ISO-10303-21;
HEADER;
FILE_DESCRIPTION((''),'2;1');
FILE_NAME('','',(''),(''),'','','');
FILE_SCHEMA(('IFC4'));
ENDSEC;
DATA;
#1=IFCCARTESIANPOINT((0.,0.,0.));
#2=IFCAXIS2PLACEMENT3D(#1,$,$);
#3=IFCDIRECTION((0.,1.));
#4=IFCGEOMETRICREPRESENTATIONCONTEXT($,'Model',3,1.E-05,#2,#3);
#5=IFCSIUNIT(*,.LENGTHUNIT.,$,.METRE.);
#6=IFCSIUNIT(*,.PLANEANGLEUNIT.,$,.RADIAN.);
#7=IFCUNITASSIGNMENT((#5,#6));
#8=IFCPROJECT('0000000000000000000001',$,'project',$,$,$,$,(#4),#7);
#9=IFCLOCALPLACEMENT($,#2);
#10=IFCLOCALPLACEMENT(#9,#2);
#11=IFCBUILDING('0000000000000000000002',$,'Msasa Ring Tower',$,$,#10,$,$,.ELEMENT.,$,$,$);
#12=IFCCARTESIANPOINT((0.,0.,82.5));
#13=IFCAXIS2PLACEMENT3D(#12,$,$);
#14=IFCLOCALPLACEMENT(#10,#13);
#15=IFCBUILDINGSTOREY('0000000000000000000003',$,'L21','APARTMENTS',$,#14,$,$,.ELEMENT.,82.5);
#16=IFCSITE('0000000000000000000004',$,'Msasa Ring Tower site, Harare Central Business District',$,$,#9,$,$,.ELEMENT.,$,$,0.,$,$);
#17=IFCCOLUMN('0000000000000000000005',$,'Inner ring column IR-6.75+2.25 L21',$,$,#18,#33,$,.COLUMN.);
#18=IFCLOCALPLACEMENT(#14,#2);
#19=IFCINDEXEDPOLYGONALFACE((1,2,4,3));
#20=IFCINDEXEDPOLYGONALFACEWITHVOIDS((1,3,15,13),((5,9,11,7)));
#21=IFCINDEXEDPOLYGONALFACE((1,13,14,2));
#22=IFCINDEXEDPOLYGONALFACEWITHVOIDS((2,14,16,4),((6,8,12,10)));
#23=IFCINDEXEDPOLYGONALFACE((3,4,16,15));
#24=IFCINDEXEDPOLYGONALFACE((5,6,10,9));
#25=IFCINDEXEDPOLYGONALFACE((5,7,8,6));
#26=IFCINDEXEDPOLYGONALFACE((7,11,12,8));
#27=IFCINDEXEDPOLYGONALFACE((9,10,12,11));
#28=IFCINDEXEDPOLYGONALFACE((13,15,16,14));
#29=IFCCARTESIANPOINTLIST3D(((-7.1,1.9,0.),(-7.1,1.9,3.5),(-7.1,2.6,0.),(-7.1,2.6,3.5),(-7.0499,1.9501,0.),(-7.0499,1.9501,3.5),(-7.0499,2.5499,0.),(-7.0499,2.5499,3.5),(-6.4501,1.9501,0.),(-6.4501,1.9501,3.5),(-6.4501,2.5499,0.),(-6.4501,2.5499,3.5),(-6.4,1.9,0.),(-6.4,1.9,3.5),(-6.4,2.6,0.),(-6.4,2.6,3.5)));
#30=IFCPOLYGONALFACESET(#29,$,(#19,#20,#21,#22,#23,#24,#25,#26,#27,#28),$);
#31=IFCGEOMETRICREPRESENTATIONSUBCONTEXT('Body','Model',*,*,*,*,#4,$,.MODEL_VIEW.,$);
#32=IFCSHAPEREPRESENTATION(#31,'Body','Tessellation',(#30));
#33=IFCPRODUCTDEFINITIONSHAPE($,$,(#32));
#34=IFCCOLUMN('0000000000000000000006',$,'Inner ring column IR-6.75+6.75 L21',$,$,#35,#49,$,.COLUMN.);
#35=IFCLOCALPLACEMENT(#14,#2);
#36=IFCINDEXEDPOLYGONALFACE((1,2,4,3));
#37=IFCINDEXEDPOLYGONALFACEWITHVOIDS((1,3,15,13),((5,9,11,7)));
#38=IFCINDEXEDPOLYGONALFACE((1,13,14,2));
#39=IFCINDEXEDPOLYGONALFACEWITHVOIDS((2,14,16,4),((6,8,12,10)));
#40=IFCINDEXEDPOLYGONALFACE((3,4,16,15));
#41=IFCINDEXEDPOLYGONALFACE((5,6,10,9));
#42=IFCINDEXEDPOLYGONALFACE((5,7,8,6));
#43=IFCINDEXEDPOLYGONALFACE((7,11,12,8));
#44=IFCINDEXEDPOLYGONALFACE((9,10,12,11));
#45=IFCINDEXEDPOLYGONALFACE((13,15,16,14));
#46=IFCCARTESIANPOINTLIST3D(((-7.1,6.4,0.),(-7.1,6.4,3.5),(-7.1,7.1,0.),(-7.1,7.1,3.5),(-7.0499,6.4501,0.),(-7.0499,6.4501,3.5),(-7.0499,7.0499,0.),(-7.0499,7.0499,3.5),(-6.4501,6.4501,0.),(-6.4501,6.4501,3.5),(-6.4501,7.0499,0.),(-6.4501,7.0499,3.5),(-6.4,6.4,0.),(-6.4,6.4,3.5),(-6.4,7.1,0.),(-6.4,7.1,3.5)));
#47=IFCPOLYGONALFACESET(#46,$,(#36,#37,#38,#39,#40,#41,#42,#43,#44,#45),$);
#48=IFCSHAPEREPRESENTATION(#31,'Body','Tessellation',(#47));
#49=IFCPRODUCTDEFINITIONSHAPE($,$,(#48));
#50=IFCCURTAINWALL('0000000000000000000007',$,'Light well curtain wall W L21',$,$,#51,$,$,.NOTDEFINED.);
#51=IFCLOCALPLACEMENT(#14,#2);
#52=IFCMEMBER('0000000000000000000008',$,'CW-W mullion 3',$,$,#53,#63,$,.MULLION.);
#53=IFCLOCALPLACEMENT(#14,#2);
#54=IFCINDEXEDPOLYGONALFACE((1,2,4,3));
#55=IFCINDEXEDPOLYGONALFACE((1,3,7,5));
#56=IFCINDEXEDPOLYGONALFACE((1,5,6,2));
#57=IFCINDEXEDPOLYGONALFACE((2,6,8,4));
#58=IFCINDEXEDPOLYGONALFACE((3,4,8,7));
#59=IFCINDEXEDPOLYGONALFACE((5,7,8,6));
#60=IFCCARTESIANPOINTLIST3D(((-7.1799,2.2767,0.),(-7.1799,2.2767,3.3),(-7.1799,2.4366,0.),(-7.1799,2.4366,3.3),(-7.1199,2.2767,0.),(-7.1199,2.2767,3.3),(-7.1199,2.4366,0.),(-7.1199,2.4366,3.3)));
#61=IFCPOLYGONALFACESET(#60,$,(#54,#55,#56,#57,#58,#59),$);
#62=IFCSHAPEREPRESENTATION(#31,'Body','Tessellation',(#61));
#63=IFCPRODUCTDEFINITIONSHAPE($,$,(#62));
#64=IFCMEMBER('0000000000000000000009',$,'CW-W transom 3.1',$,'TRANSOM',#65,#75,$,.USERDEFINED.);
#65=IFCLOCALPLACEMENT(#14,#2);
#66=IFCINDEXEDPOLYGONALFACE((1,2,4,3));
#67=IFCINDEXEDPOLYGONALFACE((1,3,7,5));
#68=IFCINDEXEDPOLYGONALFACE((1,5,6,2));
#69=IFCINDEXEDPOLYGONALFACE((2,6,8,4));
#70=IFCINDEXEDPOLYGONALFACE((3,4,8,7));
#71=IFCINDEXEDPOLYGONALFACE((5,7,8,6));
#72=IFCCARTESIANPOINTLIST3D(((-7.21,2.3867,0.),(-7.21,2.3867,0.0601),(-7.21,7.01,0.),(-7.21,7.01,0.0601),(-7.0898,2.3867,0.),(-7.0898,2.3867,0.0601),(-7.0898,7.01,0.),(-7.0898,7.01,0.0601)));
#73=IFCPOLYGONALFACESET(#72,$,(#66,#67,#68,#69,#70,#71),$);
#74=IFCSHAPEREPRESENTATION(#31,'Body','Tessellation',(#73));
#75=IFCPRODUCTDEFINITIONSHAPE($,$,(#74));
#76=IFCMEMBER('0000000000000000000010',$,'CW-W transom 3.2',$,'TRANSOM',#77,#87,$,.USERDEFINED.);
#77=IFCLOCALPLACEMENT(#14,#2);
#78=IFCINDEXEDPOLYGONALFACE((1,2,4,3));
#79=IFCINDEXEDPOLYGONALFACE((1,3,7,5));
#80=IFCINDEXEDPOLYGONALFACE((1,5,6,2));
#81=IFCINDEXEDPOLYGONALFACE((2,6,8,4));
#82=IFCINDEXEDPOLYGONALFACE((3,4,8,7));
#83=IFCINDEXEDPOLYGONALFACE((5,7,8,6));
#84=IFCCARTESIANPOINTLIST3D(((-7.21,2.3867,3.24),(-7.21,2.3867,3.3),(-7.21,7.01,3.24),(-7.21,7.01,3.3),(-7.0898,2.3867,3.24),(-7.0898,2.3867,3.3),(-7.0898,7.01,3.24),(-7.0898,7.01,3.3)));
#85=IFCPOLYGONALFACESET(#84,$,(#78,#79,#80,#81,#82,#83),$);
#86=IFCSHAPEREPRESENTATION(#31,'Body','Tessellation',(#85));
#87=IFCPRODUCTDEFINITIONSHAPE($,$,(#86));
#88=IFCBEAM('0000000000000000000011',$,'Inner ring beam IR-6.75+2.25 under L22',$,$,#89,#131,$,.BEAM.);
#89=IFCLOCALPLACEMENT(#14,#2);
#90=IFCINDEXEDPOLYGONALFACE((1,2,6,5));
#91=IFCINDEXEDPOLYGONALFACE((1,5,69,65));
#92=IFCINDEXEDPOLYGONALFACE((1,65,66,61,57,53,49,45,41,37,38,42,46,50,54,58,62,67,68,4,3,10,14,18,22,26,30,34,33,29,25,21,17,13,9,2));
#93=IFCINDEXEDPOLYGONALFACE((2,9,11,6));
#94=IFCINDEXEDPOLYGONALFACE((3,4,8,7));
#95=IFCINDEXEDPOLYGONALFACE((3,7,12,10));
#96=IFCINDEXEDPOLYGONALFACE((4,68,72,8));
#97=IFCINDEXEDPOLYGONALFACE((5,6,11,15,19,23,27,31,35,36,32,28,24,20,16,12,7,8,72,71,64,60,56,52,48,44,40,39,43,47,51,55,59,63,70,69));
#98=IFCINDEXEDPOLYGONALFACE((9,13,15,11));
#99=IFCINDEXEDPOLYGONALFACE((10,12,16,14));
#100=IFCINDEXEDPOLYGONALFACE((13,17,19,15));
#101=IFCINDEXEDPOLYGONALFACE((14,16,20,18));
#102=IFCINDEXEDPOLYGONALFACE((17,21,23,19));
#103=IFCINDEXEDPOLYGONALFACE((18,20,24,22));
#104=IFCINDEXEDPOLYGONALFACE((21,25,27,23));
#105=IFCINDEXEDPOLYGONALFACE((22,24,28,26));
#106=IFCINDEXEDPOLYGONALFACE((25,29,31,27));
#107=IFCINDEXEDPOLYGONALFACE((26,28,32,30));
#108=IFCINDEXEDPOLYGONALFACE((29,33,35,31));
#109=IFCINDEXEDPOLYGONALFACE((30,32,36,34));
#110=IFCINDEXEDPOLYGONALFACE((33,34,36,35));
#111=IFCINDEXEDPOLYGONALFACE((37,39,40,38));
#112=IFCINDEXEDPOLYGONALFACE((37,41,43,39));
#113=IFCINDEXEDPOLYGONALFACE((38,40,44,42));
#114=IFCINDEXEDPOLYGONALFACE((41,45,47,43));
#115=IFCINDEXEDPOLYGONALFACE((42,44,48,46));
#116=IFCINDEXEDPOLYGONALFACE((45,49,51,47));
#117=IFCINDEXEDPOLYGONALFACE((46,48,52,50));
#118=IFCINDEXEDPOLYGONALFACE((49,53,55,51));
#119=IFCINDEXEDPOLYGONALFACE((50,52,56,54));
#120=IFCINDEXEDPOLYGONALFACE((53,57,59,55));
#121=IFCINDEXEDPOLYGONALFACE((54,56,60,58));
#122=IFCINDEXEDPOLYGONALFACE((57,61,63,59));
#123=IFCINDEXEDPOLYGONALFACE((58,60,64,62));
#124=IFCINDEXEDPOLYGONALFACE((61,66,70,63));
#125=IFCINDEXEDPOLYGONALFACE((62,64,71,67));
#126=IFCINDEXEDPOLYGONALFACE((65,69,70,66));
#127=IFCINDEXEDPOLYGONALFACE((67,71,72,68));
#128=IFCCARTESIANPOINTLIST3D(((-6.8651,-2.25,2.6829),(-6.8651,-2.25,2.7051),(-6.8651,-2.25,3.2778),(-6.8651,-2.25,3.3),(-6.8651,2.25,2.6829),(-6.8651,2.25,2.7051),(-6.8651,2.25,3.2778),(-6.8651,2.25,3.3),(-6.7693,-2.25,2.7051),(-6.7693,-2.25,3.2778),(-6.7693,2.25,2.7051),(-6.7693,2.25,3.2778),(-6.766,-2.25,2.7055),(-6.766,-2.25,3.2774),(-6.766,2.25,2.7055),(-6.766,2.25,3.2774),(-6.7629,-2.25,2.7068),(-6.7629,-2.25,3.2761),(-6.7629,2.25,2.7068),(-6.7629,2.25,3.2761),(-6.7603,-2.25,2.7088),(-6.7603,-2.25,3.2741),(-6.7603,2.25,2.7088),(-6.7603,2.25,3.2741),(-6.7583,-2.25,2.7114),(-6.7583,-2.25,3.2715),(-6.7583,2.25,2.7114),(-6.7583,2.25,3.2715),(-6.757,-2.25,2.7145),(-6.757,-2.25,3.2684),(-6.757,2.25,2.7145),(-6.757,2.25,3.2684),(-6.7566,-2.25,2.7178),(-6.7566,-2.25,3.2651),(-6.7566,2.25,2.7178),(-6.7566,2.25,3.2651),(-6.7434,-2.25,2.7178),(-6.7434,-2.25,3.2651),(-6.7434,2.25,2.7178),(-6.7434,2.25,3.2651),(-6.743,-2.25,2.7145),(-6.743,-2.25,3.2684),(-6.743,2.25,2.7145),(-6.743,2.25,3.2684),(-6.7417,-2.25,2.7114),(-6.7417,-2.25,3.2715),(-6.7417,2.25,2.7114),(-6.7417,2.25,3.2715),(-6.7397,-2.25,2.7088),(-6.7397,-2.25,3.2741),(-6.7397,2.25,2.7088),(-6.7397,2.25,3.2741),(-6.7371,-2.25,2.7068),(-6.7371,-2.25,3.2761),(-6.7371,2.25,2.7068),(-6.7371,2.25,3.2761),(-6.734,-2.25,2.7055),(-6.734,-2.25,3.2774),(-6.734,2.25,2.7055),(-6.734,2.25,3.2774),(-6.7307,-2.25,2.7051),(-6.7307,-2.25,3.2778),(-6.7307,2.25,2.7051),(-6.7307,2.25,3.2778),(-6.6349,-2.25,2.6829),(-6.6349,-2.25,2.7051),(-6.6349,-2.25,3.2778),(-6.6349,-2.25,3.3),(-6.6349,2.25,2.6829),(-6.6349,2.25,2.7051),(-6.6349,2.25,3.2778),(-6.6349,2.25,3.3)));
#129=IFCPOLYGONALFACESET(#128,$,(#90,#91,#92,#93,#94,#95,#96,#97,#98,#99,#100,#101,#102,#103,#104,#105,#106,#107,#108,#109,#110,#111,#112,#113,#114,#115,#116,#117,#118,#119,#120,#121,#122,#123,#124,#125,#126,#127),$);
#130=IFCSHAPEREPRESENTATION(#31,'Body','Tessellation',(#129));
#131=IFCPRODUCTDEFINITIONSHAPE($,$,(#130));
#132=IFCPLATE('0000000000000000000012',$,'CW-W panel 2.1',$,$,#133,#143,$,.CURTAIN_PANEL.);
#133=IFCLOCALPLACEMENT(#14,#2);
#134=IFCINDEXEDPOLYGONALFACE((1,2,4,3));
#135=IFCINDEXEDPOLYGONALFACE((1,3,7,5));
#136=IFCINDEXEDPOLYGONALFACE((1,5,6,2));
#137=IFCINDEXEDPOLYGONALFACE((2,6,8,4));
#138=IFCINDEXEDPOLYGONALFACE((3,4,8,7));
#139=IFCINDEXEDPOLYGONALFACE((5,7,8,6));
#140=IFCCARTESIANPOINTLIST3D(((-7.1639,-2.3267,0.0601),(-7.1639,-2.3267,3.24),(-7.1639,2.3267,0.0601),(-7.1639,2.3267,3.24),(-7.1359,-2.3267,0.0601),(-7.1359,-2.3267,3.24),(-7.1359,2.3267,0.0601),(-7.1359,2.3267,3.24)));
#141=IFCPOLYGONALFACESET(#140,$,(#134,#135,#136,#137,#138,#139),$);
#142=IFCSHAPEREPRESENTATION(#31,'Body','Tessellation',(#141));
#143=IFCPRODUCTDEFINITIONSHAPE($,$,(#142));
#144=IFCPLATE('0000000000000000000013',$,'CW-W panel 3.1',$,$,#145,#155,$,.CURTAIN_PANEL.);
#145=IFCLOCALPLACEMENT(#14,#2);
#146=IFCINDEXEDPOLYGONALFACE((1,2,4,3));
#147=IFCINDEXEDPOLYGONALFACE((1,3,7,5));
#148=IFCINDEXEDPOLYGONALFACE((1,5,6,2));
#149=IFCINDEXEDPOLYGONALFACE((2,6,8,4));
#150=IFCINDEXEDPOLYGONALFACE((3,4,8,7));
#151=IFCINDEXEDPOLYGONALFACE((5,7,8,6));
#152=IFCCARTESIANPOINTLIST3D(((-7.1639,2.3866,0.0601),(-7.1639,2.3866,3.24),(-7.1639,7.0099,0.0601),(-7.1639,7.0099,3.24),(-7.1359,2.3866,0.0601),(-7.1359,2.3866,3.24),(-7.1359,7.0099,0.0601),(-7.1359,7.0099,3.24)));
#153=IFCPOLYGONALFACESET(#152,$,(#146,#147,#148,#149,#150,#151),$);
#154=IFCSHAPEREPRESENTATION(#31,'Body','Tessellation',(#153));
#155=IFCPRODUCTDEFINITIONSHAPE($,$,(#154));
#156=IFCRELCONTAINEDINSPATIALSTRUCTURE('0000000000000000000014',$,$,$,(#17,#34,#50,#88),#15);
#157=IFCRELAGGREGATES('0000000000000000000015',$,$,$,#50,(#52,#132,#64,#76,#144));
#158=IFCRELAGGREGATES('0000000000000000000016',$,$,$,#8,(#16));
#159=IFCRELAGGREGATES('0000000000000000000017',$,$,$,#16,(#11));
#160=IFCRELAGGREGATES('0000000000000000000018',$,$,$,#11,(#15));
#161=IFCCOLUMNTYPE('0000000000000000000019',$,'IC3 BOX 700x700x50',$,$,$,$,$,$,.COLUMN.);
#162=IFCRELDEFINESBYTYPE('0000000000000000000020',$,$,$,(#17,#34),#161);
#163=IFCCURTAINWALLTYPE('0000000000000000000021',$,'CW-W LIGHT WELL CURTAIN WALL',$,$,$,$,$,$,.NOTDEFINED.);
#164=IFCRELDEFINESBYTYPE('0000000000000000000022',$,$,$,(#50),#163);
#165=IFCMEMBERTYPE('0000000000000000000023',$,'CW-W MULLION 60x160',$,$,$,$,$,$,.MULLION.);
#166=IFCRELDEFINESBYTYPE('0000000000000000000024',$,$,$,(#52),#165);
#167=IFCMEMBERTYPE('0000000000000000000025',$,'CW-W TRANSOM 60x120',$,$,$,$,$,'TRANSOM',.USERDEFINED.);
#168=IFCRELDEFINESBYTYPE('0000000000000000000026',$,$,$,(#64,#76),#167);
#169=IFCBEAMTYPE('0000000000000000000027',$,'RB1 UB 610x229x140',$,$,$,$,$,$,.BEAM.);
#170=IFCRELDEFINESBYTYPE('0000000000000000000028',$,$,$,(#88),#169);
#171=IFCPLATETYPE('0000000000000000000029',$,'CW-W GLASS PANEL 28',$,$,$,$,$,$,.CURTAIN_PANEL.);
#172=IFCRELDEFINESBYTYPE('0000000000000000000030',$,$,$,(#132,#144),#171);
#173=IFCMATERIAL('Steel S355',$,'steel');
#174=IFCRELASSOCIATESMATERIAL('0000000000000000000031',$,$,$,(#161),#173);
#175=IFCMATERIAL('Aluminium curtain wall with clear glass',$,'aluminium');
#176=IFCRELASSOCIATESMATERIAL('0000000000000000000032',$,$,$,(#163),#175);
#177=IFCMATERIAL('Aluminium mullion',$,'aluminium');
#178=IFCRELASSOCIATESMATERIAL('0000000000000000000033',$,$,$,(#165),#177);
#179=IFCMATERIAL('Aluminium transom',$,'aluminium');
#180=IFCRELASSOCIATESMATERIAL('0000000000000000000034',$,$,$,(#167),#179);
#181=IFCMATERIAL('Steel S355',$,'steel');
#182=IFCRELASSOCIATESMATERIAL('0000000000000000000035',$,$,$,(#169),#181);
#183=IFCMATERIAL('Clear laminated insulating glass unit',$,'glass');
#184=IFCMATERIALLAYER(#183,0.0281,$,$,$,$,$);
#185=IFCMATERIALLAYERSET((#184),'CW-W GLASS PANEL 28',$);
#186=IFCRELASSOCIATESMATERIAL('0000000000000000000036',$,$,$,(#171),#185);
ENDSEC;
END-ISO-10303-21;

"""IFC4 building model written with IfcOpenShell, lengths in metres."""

from ifc_helpers import new_model, si_unit, direction, frame, origin, origin_2d, place, context, subcontext, project, spatial, rectangle, hollow_rectangle, i_section, extrude, material, layer, layer_set, material_profile, profile_set, type_object, element, aggregate, save


model = new_model("IFC4")

# Units and contexts
model_context = context("Model", 3, precision=1e-05, world=origin(), true_north=direction((0.0, 1.0)))
body_context = subcontext(model_context, "Body", "Model", "MODEL_VIEW")
ifc_project = project(units=[si_unit("LENGTHUNIT", "METRE"), si_unit("PLANEANGLEUNIT", "RADIAN")], contexts=[model_context])

# Site, building, storey
site_placement = place(None, origin())
site = spatial("IfcSite", under=ifc_project, at=site_placement, Name="Msasa Ring Tower site, Harare Central Business District", CompositionType="ELEMENT", RefElevation=0.0)
building_placement = place(site_placement, origin())
building = spatial("IfcBuilding", under=site, at=building_placement, Name="Msasa Ring Tower", CompositionType="ELEMENT")
storey_placement = place(building_placement, frame((0.0, 0.0, 82.5)))
storey = spatial("IfcBuildingStorey", under=building, at=storey_placement, Name="L21", Description="APARTMENTS", CompositionType="ELEMENT", Elevation=82.5)

# Columns
ifc_material_1 = material(Name="Steel S355", Category="steel")
ifc_material_profile_1 = material_profile(ifc_material_1, hollow_rectangle(XDim=0.7, YDim=0.7, WallThickness=0.05, at=origin_2d()), Name="BOX 700x700x50")
ifc_profile_set_1 = profile_set([ifc_material_profile_1], Name="Steel S355")
column_type = type_object("IfcColumnType", Name="IC3 BOX 700x700x50", PredefinedType="COLUMN", material=ifc_profile_set_1)
for number, where, z_axis, x_axis, name in (
    (1, (-6.75, 2.25, 0.0), (0.0, 0.0, 1.0), (1.0, 0.0, 0.0), "Inner ring column IR-6.75+2.25 L21"),
    (2, (-6.75, 6.75, 0.0), (0.0, 0.0, 1.0), (1.0, 0.0, 0.0), "Inner ring column IR-6.75+6.75 L21"),
):
    element("IfcColumn", number, at=place(storey_placement, frame(where, z_axis=z_axis, x_axis=x_axis)), inside=storey, type_object=column_type, Name=name, PredefinedType="COLUMN", context=body_context, shape_type="SweptSolid", body=[
        extrude(hollow_rectangle(XDim=0.7, YDim=0.7, WallThickness=0.05, at=origin_2d()), origin(), (0.0, 0.0, 1.0), 3.5),
    ])

# Curtain wall, members
ifc_material_2 = material(Name="Aluminium curtain wall with clear glass", Category="aluminium")
curtain_wall_type = type_object("IfcCurtainWallType", Name="CW-W LIGHT WELL CURTAIN WALL", PredefinedType="NOTDEFINED", material=ifc_material_2)
curtain_wall_placement = place(storey_placement, origin())
curtain_wall = element("IfcCurtainWall", 3, at=curtain_wall_placement, inside=storey, type_object=curtain_wall_type, Name="Light well curtain wall W L21", PredefinedType="NOTDEFINED")
ifc_material_3 = material(Name="Aluminium mullion", Category="aluminium")
ifc_material_profile_2 = material_profile(ifc_material_3, rectangle(XDim=0.0601, YDim=0.1599, at=origin_2d()), Name="AL 60x160")
ifc_profile_set_2 = profile_set([ifc_material_profile_2], Name="Aluminium mullion")
member_type_1 = type_object("IfcMemberType", Name="CW-W MULLION 60x160", PredefinedType="MULLION", material=ifc_profile_set_2)
member_1_placement = place(storey_placement, frame((-7.1499, 2.3567, 0.0), z_axis=(0.0, 0.0, 1.0), x_axis=(-1.0, 0.0, 0.0)))
member_1 = element("IfcMember", 4, at=member_1_placement, type_object=member_type_1, Name="CW-W mullion 3", PredefinedType="MULLION", context=body_context, shape_type="SweptSolid", body=[
    extrude(rectangle(XDim=0.0601, YDim=0.1599, at=origin_2d()), origin(), (0.0, 0.0, 1.0), 3.3),
])
ifc_material_4 = material(Name="Aluminium transom", Category="aluminium")
ifc_material_profile_3 = material_profile(ifc_material_4, rectangle(XDim=0.1201, YDim=0.0601, at=origin_2d()), Name="AL 60x120")
ifc_profile_set_3 = profile_set([ifc_material_profile_3], Name="Aluminium transom")
member_type_2 = type_object("IfcMemberType", Name="CW-W TRANSOM 60x120", ElementType="TRANSOM", PredefinedType="USERDEFINED", material=ifc_profile_set_3)
member_2_placement = place(storey_placement, frame((-7.1499, 2.3867, 0.03), z_axis=(0.0, 1.0, 0.0), x_axis=(-1.0, 0.0, 0.0)))
member_2 = element("IfcMember", 5, at=member_2_placement, type_object=member_type_2, Name="CW-W transom 3.1", ObjectType="TRANSOM", PredefinedType="USERDEFINED", context=body_context, shape_type="SweptSolid", body=[
    extrude(rectangle(XDim=0.1201, YDim=0.0601, at=origin_2d()), origin(), (0.0, 0.0, 1.0), 4.6233),
])
member_3_placement = place(storey_placement, frame((-7.1499, 2.3867, 3.27), z_axis=(0.0, 1.0, 0.0), x_axis=(-1.0, 0.0, 0.0)))
member_3 = element("IfcMember", 6, at=member_3_placement, type_object=member_type_2, Name="CW-W transom 3.2", ObjectType="TRANSOM", PredefinedType="USERDEFINED", context=body_context, shape_type="SweptSolid", body=[
    extrude(rectangle(XDim=0.1201, YDim=0.0601, at=origin_2d()), origin(), (0.0, 0.0, 1.0), 4.6233),
])

# Beam
ifc_material_5 = material(Name="Steel S355", Category="steel")
ifc_material_profile_4 = material_profile(ifc_material_5, i_section(OverallWidth=0.2302, OverallDepth=0.6172, WebThickness=0.0132, FlangeThickness=0.0222, FilletRadius=0.0127, at=origin_2d()), Name="UB 610x229x140")
ifc_profile_set_4 = profile_set([ifc_material_profile_4], Name="Steel S355")
beam_type = type_object("IfcBeamType", Name="RB1 UB 610x229x140", PredefinedType="BEAM", material=ifc_profile_set_4)
beam_placement = place(storey_placement, frame((-6.75, 2.25, 2.9915), z_axis=(0.0, -1.0, 0.0), x_axis=(1.0, 0.0, 0.0)))
element("IfcBeam", 7, at=beam_placement, inside=storey, type_object=beam_type, Name="Inner ring beam IR-6.75+2.25 under L22", PredefinedType="BEAM", context=body_context, shape_type="SweptSolid", body=[
    extrude(i_section(OverallWidth=0.2302, OverallDepth=0.6172, WebThickness=0.0132, FlangeThickness=0.0222, FilletRadius=0.0127, at=origin_2d()), origin(), (0.0, 0.0, 1.0), 4.5),
])

# Plates
ifc_material_6 = material(Name="Clear laminated insulating glass unit", Category="glass")
ifc_layer_1 = layer(ifc_material_6, 0.0281)
ifc_layer_set_1 = layer_set([ifc_layer_1], Name="CW-W GLASS PANEL 28")
plate_type = type_object("IfcPlateType", Name="CW-W GLASS PANEL 28", PredefinedType="CURTAIN_PANEL", material=ifc_layer_set_1)
plate_1_placement = place(storey_placement, frame((-7.1499, 0.0, 0.0601), z_axis=(0.0, 0.0, 1.0), x_axis=(0.0, 1.0, 0.0)))
plate_1 = element("IfcPlate", 8, at=plate_1_placement, type_object=plate_type, Name="CW-W panel 2.1", PredefinedType="CURTAIN_PANEL", context=body_context, shape_type="SweptSolid", body=[
    extrude(rectangle(XDim=4.6533, YDim=0.0281, at=origin_2d()), origin(), (0.0, 0.0, 1.0), 3.1799),
])
plate_2_placement = place(storey_placement, frame((-7.1499, 4.6982, 0.0601), z_axis=(0.0, 0.0, 1.0), x_axis=(0.0, 1.0, 0.0)))
plate_2 = element("IfcPlate", 9, at=plate_2_placement, type_object=plate_type, Name="CW-W panel 3.1", PredefinedType="CURTAIN_PANEL", context=body_context, shape_type="SweptSolid", body=[
    extrude(rectangle(XDim=4.6233, YDim=0.0281, at=origin_2d()), origin(), (0.0, 0.0, 1.0), 3.1799),
])
aggregate(curtain_wall, [member_1, plate_1, member_2, member_3, plate_2])

save(model, "model.ifc")
